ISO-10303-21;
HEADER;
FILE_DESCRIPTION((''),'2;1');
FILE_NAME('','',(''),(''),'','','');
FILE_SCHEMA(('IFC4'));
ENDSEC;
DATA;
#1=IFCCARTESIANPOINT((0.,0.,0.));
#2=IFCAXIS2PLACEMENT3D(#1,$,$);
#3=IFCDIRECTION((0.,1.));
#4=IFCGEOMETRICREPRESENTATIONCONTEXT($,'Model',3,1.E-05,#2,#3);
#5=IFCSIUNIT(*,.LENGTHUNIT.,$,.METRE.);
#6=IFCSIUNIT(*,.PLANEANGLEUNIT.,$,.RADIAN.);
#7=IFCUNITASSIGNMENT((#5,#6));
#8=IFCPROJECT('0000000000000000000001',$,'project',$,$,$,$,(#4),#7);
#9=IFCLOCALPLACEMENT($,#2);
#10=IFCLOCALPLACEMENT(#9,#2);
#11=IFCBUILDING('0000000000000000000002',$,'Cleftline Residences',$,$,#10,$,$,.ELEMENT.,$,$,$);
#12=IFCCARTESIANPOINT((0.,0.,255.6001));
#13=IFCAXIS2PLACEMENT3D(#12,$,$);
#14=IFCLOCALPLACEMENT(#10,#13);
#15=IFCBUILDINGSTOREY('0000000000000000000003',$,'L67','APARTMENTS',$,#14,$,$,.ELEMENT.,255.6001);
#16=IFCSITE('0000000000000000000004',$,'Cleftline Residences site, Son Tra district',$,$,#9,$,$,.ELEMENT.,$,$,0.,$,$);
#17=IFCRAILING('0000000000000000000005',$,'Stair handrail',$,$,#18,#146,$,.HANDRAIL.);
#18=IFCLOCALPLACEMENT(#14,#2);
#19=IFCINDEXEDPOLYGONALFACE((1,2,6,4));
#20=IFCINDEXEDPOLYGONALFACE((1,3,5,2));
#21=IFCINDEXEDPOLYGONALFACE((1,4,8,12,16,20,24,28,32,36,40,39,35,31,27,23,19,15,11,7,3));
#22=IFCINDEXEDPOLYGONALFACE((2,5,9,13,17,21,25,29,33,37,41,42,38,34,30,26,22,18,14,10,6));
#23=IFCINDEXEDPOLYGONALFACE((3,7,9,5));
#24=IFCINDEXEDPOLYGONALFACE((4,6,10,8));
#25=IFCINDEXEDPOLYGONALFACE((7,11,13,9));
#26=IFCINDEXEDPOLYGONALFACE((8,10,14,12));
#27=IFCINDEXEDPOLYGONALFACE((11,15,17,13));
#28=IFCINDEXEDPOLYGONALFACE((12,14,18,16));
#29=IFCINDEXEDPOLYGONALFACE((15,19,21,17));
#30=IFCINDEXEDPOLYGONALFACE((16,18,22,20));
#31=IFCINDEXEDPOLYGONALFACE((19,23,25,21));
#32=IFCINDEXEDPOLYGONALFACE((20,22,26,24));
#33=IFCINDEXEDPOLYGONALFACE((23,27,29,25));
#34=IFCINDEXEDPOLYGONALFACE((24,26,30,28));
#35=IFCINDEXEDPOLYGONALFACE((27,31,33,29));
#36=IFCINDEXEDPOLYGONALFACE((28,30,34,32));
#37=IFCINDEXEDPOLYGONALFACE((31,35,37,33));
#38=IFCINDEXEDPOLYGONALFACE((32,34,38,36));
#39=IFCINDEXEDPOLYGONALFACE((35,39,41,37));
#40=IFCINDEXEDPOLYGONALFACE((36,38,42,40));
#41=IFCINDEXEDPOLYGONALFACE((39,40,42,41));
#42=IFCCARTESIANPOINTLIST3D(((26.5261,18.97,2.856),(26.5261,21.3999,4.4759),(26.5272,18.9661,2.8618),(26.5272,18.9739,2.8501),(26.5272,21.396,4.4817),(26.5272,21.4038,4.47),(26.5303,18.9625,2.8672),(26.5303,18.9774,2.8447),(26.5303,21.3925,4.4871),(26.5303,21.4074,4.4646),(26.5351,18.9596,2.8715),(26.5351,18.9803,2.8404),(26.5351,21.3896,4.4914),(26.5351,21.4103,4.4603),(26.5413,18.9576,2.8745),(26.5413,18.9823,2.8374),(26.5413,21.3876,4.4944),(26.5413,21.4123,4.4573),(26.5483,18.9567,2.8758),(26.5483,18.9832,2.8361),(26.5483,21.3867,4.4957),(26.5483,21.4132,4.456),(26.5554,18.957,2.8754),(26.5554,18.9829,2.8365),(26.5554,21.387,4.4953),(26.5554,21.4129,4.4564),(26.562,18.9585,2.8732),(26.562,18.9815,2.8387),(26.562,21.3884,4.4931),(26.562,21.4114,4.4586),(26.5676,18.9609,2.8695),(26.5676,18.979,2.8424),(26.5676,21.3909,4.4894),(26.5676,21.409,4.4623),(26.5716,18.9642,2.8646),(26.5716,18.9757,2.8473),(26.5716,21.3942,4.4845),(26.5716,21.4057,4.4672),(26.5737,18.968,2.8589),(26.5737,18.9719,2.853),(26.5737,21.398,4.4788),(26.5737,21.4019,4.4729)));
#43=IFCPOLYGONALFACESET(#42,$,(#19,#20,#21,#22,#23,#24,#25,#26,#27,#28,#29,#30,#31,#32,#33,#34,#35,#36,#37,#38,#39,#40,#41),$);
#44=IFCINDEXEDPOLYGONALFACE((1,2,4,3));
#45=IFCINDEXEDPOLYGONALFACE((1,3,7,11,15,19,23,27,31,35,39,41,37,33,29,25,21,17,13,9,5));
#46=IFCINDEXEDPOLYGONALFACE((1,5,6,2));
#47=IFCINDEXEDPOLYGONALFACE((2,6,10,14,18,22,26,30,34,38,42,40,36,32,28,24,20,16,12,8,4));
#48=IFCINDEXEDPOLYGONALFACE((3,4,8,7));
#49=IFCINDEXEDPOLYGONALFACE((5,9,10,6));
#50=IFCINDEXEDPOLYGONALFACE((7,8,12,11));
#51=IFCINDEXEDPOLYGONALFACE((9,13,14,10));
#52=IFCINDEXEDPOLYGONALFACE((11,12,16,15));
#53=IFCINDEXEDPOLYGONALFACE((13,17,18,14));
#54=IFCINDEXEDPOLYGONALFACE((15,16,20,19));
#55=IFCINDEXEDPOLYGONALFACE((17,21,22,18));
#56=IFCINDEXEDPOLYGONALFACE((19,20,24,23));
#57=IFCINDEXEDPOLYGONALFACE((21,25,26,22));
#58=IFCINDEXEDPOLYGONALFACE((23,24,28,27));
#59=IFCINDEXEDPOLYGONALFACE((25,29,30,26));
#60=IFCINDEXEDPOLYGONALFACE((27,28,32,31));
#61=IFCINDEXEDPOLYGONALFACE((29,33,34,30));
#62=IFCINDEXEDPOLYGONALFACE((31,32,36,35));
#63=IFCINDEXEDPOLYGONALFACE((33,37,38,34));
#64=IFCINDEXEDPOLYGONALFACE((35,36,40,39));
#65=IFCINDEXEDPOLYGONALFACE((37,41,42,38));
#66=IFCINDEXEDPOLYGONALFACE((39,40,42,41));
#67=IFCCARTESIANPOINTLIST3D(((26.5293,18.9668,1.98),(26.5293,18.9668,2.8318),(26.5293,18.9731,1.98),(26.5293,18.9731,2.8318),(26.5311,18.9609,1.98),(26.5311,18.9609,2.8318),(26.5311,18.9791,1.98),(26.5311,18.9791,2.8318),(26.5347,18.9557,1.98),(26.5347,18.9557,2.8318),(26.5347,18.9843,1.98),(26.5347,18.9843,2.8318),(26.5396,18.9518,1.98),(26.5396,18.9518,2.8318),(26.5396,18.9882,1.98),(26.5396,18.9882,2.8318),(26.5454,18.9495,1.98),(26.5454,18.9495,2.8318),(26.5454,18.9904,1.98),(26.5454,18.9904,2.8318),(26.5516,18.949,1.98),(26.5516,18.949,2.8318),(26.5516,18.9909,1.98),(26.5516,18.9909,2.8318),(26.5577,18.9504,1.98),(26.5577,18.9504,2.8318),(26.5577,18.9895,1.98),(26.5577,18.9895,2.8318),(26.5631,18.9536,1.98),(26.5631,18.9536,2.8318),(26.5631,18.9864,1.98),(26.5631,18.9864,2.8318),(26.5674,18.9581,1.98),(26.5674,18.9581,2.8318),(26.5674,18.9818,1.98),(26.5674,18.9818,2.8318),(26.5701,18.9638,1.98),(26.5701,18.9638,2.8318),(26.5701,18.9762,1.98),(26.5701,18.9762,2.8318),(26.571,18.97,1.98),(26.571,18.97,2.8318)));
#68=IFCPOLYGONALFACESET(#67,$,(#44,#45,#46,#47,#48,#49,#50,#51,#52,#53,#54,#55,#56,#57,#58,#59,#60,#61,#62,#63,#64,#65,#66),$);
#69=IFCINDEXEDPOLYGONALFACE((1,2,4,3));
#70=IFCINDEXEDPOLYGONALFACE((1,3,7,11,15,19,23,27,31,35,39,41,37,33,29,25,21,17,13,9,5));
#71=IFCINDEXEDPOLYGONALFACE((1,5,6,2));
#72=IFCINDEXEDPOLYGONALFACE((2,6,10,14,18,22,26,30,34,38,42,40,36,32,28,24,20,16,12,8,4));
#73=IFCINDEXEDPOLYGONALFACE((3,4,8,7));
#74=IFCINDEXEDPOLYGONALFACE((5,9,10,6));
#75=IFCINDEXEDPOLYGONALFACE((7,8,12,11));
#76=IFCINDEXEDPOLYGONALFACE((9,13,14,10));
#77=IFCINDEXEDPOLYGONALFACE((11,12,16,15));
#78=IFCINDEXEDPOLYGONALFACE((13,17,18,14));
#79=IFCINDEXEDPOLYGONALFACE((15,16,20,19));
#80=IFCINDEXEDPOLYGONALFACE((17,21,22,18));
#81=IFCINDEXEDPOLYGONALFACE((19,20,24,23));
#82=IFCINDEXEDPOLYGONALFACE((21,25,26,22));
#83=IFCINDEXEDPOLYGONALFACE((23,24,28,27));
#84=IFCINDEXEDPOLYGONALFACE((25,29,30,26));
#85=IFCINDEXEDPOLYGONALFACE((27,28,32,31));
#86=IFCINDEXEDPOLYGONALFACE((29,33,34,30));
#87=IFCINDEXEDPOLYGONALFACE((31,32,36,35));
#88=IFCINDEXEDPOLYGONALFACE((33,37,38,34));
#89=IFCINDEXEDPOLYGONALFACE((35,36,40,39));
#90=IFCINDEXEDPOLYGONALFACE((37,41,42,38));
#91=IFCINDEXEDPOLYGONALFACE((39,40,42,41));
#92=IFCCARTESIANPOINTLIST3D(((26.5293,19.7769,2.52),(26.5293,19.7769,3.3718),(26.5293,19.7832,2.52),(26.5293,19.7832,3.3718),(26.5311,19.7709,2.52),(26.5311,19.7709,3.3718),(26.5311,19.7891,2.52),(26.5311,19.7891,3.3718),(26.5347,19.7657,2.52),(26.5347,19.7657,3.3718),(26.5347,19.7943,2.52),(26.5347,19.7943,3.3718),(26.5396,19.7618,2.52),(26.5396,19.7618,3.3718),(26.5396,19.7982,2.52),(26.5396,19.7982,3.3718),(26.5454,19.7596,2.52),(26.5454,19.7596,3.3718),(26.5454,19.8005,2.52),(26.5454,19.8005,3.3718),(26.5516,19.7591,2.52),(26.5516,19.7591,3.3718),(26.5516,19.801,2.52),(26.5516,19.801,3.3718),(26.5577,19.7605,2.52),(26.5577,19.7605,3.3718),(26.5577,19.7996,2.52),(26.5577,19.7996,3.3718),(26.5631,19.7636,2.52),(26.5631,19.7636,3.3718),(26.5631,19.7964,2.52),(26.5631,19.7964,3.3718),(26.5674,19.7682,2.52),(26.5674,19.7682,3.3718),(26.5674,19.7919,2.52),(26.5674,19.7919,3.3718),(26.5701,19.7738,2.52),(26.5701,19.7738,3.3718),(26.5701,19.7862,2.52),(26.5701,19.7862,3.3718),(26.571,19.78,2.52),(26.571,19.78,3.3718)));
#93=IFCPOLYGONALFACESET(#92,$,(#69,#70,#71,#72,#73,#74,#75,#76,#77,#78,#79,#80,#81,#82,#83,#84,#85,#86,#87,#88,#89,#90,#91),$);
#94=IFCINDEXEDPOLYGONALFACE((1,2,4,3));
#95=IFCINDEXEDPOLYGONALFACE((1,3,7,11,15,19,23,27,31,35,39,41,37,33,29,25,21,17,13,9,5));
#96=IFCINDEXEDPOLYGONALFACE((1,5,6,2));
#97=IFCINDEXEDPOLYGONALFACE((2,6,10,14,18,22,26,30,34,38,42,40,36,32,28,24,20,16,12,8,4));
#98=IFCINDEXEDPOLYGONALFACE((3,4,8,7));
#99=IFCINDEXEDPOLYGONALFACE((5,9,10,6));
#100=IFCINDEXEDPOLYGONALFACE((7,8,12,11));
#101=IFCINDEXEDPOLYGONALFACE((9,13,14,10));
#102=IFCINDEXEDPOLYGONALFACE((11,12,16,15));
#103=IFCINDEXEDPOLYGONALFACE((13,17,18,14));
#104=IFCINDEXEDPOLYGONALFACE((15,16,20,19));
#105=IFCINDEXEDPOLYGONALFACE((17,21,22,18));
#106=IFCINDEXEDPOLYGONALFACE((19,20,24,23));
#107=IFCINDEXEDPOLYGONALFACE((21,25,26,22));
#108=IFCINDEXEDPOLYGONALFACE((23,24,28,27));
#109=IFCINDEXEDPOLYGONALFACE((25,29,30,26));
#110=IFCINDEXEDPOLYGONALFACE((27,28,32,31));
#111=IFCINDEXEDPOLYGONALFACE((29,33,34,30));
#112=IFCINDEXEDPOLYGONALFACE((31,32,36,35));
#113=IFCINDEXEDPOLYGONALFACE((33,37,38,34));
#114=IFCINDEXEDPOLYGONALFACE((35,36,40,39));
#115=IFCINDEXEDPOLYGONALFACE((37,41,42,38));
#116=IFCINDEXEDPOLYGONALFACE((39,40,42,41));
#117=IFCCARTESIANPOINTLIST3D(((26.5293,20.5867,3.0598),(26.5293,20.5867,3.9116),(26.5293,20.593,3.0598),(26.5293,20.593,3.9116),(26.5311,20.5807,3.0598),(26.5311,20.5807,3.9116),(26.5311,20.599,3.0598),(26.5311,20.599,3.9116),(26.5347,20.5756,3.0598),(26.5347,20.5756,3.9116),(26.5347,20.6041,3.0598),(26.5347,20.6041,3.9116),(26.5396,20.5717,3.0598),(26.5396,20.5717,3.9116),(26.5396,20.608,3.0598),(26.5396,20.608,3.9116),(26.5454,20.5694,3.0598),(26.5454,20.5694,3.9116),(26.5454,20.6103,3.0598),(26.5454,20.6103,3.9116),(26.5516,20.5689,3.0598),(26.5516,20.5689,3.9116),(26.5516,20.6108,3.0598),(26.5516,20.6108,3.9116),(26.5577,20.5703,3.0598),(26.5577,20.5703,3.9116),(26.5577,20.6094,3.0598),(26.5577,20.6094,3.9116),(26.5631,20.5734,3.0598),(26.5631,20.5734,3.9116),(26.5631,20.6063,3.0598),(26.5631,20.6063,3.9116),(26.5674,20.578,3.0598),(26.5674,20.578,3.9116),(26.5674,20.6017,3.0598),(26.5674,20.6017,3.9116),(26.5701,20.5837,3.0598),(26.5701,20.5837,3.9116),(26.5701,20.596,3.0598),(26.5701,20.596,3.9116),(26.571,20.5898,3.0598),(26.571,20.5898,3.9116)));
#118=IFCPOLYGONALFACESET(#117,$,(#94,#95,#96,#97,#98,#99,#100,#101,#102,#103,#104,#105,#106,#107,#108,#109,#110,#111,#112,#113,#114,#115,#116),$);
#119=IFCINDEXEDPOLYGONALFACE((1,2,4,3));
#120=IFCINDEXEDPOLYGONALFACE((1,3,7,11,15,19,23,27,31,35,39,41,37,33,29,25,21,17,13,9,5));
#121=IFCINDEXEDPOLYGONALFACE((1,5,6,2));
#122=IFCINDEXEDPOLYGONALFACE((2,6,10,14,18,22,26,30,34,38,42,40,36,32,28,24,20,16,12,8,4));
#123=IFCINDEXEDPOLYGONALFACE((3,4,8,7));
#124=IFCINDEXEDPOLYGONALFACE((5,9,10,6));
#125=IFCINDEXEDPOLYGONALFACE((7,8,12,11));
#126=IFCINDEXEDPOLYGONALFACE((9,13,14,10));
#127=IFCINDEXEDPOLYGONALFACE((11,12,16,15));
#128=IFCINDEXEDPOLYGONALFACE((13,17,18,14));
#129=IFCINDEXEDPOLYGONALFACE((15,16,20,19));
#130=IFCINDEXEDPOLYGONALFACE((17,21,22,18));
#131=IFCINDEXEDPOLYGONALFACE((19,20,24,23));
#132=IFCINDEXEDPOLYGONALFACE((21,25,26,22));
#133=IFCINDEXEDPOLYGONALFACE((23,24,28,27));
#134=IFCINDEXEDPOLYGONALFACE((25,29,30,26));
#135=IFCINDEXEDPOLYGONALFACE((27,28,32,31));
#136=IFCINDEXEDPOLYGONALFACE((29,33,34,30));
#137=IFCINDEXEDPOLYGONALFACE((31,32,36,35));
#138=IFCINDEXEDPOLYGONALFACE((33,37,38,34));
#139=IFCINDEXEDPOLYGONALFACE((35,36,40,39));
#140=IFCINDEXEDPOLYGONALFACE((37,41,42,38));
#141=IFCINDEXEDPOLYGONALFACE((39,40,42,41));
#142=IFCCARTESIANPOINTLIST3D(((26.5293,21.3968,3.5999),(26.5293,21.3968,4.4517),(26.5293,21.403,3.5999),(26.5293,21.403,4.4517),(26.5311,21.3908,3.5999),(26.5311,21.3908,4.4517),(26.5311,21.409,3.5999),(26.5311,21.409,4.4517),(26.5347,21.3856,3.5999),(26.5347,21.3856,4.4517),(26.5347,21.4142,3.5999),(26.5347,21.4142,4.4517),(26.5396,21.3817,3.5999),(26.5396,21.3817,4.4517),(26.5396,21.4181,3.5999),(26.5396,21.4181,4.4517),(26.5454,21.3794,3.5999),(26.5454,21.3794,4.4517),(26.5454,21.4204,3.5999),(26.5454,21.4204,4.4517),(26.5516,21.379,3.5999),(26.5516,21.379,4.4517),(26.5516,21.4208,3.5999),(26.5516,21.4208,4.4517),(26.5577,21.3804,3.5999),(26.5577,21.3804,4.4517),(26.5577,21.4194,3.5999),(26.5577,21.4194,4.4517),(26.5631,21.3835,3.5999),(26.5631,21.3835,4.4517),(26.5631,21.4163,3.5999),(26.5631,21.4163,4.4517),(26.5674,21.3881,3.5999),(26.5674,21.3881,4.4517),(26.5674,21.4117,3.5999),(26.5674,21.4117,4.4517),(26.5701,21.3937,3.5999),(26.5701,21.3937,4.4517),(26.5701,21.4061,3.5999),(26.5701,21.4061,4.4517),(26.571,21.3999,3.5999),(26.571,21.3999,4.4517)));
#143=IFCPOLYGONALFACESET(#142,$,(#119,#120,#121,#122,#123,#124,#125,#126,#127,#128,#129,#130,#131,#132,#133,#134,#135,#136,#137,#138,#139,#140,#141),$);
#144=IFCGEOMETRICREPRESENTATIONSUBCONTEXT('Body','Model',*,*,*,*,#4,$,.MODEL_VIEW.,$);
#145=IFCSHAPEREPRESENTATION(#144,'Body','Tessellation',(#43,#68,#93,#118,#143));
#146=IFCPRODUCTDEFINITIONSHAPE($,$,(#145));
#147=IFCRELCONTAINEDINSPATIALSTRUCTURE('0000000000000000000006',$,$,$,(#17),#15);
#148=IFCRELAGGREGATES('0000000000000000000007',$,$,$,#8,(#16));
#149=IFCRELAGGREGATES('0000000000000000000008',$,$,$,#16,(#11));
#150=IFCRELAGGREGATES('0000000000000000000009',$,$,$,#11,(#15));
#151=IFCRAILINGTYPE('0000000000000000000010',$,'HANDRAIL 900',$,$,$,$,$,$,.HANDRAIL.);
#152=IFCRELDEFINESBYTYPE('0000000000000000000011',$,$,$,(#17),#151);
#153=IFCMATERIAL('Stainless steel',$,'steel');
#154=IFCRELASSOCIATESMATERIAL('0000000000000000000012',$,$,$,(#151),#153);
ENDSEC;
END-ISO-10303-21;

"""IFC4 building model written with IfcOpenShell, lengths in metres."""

from ifc_helpers import new_model, si_unit, direction, frame, origin, origin_2d, place, context, subcontext, project, spatial, circle, extrude, material, type_object, element, save


model = new_model("IFC4")

# Units and contexts
model_context = context("Model", 3, precision=1e-05, world=origin(), true_north=direction((0.0, 1.0)))
body_context = subcontext(model_context, "Body", "Model", "MODEL_VIEW")
ifc_project = project(units=[si_unit("LENGTHUNIT", "METRE"), si_unit("PLANEANGLEUNIT", "RADIAN")], contexts=[model_context])

# Site, building, storey
site_placement = place(None, origin())
site = spatial("IfcSite", under=ifc_project, at=site_placement, Name="Cleftline Residences site, Son Tra district", CompositionType="ELEMENT", RefElevation=0.0)
building_placement = place(site_placement, origin())
building = spatial("IfcBuilding", under=site, at=building_placement, Name="Cleftline Residences", CompositionType="ELEMENT")
storey_placement = place(building_placement, frame((0.0, 0.0, 255.6001)))
storey = spatial("IfcBuildingStorey", under=building, at=storey_placement, Name="L67", Description="APARTMENTS", CompositionType="ELEMENT", Elevation=255.6001)

# Railing
ifc_material_1 = material(Name="Stainless steel", Category="steel")
railing_type = type_object("IfcRailingType", Name="HANDRAIL 900", PredefinedType="HANDRAIL", material=ifc_material_1)
for number, where, name in (
    (1, (26.55, 18.97, 1.98), "Stair handrail"),
):
    element("IfcRailing", number, at=place(storey_placement, frame(where)), inside=storey, type_object=railing_type, Name=name, PredefinedType="HANDRAIL", context=body_context, shape_type="SweptSolid", body=[
        extrude(circle(Radius=0.0239, at=origin_2d()), frame((0.0, 0.0, 0.876), z_axis=(0.0, 0.832063, 0.554681), x_axis=(-1.0, 0.0, 0.0)), (0.0, 0.0, 1.0), 2.9204),
        extrude(circle(Radius=0.021, at=origin_2d()), origin(), (0.0, 0.0, 1.0), 0.8518),
        extrude(circle(Radius=0.021, at=origin_2d()), frame((0.0, 0.8101, 0.54)), (0.0, 0.0, 1.0), 0.8518),
        extrude(circle(Radius=0.021, at=origin_2d()), frame((0.0, 1.6199, 1.0798)), (0.0, 0.0, 1.0), 0.8518),
        extrude(circle(Radius=0.021, at=origin_2d()), frame((0.0, 2.4299, 1.6199)), (0.0, 0.0, 1.0), 0.8518),
    ])

save(model, "model.ifc")
